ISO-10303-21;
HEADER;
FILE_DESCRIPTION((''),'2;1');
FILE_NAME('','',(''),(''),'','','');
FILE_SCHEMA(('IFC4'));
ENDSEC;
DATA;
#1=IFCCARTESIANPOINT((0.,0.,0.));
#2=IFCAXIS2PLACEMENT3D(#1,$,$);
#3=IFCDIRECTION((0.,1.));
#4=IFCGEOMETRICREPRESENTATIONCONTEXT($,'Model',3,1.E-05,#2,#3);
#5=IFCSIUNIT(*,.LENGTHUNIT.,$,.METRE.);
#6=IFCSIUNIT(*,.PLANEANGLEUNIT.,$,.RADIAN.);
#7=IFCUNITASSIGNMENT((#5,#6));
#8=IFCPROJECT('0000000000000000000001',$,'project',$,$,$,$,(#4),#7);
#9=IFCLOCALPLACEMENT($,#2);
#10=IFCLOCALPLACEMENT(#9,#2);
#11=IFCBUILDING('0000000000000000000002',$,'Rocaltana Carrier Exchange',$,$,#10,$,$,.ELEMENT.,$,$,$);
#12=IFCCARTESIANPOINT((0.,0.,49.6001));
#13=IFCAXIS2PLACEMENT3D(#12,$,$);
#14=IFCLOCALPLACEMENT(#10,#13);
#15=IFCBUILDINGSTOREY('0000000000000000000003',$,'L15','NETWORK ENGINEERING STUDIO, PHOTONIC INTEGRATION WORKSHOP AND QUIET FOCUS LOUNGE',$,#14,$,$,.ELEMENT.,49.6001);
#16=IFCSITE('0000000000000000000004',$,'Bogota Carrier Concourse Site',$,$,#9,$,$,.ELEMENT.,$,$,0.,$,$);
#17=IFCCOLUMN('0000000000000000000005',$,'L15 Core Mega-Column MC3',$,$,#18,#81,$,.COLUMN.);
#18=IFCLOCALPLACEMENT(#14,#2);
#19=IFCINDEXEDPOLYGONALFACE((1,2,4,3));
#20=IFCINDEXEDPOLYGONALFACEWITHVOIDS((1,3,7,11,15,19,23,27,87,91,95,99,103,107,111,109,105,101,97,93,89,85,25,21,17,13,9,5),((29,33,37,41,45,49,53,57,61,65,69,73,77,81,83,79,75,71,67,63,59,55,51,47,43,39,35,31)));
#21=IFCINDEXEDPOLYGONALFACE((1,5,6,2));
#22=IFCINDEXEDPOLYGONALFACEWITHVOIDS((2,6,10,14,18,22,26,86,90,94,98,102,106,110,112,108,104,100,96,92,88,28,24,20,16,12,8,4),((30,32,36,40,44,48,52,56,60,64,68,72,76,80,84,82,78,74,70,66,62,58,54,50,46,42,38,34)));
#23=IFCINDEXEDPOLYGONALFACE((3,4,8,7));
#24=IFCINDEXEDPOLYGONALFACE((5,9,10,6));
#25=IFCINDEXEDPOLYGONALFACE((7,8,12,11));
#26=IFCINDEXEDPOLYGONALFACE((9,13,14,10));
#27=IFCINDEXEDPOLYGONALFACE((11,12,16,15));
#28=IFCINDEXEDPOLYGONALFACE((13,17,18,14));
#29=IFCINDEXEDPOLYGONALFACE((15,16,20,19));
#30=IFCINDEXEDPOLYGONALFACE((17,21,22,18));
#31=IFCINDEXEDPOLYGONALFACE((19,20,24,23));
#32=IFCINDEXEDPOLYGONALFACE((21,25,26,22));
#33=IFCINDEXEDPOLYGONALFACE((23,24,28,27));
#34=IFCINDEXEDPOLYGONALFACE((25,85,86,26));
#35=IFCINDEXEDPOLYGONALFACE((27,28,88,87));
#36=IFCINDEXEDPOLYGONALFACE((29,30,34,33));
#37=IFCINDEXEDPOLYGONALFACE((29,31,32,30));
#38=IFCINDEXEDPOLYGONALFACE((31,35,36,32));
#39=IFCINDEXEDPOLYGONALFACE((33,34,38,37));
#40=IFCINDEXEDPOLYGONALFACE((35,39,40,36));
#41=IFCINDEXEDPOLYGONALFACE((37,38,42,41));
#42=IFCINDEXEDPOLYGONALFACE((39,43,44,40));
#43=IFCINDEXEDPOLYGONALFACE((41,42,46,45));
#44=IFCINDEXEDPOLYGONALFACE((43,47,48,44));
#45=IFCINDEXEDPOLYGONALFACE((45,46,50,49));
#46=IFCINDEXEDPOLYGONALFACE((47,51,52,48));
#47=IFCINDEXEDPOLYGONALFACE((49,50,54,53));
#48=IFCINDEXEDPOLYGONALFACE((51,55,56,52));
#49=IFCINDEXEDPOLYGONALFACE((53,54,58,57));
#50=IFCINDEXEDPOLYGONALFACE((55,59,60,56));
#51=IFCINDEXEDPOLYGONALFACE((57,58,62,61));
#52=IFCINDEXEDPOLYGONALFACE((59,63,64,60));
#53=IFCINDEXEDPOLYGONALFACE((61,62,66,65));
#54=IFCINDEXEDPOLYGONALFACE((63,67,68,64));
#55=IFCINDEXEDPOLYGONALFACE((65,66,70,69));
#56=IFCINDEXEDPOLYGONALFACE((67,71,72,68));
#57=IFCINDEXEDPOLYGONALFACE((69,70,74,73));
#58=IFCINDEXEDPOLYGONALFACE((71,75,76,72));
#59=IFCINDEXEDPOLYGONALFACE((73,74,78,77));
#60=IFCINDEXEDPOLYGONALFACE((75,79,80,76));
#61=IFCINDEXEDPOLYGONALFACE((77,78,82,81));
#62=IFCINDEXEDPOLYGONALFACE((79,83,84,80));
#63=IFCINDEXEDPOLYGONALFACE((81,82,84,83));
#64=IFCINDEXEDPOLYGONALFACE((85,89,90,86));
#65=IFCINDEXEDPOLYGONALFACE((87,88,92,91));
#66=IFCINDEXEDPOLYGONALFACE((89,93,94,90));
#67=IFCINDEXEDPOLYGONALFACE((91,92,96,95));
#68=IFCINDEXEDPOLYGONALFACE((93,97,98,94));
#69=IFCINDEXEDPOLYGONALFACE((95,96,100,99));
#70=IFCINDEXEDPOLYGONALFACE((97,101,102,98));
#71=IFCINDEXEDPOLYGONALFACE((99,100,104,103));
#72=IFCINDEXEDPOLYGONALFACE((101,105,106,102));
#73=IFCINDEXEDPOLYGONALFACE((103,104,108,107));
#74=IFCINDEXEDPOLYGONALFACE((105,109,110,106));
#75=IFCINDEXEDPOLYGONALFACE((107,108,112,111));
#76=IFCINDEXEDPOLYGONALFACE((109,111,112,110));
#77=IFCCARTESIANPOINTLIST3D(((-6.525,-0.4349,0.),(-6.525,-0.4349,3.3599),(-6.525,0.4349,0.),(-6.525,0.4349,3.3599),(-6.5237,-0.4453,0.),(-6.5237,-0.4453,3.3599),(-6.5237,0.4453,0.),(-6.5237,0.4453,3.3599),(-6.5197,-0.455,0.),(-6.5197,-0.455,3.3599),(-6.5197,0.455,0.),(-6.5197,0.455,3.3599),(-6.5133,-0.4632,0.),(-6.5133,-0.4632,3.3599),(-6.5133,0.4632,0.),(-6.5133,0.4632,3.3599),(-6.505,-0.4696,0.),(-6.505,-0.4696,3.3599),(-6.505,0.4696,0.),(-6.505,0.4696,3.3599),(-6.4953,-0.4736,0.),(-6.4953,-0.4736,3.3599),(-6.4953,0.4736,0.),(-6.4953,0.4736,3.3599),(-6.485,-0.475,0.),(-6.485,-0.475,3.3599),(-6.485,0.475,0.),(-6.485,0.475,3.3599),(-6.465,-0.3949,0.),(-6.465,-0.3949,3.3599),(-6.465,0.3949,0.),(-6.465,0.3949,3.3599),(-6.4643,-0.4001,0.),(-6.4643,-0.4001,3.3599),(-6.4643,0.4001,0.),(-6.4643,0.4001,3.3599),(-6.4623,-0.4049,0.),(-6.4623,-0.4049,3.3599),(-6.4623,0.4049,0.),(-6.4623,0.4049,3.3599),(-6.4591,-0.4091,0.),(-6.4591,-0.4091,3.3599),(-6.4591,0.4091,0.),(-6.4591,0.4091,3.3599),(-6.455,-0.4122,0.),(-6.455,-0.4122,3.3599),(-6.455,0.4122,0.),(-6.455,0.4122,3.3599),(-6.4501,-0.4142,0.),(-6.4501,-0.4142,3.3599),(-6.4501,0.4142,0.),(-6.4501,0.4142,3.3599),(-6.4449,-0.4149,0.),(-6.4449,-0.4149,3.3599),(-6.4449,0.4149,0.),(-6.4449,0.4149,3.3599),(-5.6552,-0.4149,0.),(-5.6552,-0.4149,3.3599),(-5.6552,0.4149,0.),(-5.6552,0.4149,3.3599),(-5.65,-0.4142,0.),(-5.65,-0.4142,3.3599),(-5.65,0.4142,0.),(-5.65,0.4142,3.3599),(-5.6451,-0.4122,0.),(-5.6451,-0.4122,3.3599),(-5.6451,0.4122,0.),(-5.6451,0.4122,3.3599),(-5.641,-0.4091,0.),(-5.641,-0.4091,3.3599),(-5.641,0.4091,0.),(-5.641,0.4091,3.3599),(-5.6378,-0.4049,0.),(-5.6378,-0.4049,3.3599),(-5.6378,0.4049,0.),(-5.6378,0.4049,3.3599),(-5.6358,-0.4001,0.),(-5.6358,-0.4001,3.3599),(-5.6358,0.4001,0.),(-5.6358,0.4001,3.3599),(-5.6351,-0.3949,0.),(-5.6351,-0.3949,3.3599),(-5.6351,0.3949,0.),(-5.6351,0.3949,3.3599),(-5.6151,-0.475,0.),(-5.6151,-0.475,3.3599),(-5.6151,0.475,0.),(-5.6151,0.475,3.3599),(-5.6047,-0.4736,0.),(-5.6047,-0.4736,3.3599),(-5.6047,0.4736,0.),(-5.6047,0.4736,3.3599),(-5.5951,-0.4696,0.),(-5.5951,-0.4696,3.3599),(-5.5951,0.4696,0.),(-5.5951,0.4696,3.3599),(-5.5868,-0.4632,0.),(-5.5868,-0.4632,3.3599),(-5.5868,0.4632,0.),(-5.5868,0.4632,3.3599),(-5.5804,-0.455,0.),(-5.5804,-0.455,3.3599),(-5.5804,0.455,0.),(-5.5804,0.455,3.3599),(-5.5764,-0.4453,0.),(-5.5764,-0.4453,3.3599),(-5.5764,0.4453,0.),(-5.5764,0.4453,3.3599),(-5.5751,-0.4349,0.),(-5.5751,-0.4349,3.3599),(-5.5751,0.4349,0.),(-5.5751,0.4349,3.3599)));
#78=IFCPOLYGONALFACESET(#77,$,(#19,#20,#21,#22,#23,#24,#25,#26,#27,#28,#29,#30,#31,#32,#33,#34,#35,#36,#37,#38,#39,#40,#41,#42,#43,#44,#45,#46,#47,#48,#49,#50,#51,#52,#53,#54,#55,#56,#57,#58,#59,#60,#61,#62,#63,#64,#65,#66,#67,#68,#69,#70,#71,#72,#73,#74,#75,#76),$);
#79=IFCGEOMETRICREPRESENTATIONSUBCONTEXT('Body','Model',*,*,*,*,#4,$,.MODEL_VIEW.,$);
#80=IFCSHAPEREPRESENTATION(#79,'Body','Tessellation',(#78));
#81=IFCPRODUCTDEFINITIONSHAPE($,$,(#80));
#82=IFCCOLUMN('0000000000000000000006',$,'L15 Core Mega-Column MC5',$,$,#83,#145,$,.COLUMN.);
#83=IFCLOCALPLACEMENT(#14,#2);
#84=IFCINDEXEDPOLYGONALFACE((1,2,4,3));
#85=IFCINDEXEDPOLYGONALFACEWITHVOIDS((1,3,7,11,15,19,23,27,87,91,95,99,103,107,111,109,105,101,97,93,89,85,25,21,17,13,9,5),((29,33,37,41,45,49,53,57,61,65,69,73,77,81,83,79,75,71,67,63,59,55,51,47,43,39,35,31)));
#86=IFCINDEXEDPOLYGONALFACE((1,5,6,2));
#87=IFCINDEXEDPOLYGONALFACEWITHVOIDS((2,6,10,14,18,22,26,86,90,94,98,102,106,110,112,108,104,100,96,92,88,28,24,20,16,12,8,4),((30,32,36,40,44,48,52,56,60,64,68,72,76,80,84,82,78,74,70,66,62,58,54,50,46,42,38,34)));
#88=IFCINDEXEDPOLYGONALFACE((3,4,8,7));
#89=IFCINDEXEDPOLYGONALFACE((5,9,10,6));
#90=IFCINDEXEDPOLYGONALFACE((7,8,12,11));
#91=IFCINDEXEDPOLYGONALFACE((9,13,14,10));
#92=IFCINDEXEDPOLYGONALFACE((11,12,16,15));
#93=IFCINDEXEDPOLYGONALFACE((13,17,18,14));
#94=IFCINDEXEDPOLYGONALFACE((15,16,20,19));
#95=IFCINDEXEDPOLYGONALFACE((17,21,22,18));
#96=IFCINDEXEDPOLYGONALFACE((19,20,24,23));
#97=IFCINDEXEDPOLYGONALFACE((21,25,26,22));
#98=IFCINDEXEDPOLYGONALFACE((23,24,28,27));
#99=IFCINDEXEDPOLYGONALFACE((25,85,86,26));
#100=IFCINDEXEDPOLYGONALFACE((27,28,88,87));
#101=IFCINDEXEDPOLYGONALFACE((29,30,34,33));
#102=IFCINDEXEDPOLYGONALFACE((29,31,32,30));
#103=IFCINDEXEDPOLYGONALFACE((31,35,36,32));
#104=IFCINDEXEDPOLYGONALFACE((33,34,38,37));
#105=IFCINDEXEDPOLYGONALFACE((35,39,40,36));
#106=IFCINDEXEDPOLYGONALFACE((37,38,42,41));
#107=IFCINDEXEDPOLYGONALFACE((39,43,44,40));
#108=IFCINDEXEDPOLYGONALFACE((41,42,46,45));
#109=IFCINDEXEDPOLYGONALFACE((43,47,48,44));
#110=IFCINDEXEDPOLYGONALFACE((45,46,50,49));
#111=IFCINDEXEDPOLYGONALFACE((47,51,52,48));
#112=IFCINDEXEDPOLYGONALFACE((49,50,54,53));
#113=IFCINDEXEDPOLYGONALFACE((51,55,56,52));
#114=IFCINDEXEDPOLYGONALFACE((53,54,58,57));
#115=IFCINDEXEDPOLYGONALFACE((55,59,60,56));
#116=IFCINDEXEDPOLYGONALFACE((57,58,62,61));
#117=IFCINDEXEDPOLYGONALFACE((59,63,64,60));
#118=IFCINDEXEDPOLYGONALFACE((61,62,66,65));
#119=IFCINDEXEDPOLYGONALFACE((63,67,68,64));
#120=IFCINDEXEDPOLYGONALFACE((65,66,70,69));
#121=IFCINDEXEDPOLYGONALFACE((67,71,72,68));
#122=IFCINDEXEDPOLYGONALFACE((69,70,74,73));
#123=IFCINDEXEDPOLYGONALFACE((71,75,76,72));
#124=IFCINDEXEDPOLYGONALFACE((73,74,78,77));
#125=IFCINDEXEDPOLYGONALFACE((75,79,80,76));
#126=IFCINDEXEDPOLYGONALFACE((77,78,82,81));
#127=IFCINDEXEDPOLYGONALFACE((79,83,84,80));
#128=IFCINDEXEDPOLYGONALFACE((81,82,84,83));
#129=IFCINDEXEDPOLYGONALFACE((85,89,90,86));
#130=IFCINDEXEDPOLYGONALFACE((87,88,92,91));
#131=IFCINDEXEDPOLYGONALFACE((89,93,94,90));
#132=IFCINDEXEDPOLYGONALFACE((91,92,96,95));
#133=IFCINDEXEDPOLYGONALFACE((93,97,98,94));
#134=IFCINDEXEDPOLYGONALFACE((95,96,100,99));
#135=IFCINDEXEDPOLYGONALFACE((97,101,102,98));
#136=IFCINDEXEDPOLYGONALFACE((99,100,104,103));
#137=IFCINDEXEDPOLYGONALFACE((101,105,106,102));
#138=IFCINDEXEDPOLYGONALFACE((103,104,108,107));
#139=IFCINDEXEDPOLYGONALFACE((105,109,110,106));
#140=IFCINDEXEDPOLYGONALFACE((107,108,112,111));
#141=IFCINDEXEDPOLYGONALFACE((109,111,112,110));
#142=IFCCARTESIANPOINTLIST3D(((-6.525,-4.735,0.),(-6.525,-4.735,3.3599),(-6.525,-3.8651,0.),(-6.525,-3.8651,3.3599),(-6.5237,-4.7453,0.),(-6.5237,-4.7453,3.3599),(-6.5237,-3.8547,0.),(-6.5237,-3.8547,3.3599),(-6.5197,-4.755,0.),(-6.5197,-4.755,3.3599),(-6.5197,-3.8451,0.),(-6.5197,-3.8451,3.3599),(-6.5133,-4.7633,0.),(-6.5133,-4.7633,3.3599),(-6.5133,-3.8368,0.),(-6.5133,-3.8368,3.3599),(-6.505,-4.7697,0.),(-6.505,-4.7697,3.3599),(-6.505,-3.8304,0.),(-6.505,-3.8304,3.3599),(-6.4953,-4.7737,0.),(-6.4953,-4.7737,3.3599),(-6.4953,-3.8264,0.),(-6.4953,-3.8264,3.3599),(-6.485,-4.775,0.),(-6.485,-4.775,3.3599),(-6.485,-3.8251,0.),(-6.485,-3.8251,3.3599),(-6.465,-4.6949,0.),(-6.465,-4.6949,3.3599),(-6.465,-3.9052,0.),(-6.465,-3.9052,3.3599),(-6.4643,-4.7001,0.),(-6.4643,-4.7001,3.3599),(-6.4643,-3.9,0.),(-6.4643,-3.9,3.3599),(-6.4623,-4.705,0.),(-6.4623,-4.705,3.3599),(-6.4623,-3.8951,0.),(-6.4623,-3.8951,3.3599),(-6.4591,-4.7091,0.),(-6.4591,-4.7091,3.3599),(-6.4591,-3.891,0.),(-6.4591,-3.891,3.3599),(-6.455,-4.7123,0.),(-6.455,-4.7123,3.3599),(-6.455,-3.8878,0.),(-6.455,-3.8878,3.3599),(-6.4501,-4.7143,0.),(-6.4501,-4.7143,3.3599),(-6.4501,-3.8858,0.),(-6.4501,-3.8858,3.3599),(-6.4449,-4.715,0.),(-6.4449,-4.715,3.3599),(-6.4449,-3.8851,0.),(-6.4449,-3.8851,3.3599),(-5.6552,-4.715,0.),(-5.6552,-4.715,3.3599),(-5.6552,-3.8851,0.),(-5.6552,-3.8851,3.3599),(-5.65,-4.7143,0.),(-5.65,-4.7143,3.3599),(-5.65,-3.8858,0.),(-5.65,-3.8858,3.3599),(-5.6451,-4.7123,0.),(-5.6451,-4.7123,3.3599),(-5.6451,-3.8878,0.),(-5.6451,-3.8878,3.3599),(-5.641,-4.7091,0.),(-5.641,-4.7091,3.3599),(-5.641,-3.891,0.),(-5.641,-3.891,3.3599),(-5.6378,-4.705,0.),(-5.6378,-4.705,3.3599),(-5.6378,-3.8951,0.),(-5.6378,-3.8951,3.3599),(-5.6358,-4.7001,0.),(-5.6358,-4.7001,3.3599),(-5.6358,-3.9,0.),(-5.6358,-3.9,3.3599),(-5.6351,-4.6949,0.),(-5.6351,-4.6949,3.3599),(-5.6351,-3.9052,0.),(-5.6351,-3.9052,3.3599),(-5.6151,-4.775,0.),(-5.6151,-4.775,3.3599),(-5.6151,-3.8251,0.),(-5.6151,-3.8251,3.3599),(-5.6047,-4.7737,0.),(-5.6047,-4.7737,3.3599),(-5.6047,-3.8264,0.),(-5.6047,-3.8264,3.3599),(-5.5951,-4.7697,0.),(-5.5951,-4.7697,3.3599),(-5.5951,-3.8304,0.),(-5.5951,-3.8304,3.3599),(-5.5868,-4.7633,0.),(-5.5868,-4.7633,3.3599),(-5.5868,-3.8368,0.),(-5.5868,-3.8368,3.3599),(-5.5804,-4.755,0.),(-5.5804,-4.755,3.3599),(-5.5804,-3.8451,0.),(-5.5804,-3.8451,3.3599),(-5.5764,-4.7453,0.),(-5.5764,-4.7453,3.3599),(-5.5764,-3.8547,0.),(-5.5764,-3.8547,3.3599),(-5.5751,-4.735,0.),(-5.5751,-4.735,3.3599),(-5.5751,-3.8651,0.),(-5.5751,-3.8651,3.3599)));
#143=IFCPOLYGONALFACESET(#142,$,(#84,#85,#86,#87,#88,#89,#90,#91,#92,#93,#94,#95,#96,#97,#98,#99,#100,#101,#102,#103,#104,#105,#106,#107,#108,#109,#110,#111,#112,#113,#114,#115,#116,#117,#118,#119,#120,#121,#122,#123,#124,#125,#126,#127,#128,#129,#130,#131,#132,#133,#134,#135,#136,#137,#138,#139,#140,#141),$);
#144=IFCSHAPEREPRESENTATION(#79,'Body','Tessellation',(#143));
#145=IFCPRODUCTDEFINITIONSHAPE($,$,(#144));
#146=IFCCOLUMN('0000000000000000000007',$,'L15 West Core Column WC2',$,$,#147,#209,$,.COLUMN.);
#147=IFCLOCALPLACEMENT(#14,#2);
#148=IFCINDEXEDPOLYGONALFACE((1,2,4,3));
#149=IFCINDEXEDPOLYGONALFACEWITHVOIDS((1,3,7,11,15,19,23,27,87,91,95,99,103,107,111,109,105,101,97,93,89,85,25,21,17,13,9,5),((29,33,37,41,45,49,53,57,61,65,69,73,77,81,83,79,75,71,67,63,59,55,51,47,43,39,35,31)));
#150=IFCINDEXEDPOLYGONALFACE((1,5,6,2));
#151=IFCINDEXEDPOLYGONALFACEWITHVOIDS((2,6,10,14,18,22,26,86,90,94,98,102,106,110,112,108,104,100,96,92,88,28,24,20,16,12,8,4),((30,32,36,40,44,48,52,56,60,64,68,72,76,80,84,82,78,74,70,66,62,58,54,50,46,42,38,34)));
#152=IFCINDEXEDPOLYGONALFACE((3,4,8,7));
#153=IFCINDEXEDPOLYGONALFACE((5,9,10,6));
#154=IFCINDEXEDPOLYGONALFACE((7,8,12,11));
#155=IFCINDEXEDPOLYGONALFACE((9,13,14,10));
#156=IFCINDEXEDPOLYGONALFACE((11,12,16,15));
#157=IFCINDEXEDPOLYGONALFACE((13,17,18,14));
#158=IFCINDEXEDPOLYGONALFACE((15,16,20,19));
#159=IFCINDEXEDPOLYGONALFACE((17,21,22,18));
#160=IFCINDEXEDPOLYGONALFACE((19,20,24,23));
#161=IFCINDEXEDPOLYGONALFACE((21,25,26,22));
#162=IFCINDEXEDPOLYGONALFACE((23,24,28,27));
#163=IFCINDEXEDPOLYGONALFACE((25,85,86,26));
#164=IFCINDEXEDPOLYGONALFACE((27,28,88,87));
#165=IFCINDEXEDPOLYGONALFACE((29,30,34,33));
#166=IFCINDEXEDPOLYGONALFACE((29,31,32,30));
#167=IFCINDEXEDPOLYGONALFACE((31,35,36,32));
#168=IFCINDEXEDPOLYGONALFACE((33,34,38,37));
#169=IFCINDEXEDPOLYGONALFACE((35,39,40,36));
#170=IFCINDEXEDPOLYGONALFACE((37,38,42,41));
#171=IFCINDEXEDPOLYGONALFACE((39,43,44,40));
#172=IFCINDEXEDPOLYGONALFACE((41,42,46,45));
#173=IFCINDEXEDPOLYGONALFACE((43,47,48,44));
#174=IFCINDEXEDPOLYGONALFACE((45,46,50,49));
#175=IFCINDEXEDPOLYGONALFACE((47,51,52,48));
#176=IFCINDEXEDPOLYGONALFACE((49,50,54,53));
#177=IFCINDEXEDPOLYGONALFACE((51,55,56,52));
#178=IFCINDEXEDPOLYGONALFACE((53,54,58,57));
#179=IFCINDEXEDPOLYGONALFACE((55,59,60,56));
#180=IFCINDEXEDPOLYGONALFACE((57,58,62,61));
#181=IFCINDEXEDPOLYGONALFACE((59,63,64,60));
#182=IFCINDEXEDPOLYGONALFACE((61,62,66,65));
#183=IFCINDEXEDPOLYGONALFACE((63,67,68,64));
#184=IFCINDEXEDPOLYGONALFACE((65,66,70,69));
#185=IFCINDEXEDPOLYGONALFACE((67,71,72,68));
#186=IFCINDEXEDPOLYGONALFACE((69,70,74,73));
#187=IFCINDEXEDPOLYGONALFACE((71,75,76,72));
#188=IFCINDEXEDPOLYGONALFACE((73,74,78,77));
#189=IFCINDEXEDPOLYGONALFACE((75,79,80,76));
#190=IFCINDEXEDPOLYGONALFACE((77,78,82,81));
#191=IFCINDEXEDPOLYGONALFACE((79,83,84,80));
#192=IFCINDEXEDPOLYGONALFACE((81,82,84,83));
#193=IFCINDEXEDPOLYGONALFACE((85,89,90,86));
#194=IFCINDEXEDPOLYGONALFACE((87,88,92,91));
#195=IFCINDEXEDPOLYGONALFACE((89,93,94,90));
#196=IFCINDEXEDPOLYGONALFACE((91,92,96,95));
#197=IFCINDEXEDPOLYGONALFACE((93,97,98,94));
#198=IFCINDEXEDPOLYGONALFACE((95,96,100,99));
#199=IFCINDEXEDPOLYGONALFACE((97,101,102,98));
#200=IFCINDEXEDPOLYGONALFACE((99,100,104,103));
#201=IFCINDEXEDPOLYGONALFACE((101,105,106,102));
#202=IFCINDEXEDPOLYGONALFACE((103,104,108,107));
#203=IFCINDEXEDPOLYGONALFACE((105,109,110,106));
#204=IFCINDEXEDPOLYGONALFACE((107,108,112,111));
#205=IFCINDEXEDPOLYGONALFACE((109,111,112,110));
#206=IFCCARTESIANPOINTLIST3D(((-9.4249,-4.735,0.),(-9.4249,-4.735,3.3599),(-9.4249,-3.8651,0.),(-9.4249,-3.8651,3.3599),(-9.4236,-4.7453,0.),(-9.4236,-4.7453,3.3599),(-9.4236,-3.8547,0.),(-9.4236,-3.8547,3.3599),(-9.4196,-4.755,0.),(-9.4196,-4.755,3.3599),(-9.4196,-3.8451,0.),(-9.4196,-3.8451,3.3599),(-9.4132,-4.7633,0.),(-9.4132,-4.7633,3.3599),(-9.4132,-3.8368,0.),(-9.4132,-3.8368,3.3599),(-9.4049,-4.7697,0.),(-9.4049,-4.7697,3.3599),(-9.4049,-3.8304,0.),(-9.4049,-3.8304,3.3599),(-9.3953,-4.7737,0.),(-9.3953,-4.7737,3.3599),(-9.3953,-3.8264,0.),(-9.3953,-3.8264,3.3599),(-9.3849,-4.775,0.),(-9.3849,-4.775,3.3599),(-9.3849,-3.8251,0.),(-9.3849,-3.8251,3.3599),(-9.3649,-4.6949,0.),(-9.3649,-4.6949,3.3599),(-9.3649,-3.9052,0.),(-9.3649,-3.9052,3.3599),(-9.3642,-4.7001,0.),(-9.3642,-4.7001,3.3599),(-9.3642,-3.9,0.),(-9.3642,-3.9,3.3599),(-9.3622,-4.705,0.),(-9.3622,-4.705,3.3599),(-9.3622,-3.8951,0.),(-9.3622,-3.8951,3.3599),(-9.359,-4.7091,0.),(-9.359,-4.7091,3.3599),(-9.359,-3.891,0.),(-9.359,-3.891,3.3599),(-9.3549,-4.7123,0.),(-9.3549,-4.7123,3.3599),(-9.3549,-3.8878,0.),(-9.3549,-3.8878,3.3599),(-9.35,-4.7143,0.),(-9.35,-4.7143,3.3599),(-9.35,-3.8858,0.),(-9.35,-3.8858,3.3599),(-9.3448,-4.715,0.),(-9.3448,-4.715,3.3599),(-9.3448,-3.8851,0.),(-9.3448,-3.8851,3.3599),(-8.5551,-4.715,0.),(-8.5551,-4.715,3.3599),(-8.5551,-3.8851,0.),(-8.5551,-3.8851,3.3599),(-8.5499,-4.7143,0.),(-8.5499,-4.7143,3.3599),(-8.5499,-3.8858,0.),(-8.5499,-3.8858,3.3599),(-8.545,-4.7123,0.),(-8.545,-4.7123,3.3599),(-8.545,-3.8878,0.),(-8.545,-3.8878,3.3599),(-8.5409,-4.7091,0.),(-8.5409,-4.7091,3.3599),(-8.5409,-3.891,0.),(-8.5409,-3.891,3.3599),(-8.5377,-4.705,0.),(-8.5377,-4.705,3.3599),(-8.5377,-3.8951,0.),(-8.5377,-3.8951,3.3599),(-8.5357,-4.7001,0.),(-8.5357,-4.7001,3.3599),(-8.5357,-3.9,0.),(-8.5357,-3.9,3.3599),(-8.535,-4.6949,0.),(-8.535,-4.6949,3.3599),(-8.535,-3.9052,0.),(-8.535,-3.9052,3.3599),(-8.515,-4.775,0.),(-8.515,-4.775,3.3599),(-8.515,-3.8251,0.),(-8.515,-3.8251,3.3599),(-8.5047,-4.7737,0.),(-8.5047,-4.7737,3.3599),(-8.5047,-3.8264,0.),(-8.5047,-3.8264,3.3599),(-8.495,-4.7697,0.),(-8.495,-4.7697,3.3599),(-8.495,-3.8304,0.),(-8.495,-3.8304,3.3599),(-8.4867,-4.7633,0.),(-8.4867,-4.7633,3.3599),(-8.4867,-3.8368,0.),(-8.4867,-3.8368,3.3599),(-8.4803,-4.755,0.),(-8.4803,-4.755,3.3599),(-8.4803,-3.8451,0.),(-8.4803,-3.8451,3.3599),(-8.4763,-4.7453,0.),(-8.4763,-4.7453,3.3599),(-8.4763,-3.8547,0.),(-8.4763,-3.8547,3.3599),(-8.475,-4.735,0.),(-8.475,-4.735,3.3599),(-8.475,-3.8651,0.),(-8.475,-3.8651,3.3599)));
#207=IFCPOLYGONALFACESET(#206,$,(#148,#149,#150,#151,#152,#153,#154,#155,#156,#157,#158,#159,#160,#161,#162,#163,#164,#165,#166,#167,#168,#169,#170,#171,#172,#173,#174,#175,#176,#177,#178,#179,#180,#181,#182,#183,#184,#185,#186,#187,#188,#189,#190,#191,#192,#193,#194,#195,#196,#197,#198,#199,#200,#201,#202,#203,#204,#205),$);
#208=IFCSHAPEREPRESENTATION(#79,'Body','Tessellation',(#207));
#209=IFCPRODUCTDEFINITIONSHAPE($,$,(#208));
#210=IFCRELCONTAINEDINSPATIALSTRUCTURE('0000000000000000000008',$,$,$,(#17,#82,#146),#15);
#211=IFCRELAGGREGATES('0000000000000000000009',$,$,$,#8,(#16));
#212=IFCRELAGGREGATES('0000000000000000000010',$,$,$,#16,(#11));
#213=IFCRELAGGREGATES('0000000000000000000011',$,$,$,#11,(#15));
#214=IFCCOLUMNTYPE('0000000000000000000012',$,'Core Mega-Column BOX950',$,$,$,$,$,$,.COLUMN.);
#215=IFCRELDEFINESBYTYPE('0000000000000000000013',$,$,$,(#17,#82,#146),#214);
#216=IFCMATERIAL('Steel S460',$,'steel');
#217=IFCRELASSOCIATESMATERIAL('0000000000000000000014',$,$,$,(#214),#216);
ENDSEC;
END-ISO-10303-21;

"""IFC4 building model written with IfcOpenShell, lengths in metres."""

from ifc_helpers import new_model, si_unit, direction, frame, origin, origin_2d, place, context, subcontext, project, spatial, hollow_rectangle, extrude, material, material_profile, profile_set, type_object, element, save


model = new_model("IFC4")

# Units and contexts
model_context = context("Model", 3, precision=1e-05, world=origin(), true_north=direction((0.0, 1.0)))
body_context = subcontext(model_context, "Body", "Model", "MODEL_VIEW")
ifc_project = project(units=[si_unit("LENGTHUNIT", "METRE"), si_unit("PLANEANGLEUNIT", "RADIAN")], contexts=[model_context])

# Site, building, storey
site_placement = place(None, origin())
site = spatial("IfcSite", under=ifc_project, at=site_placement, Name="Bogota Carrier Concourse Site", CompositionType="ELEMENT", RefElevation=0.0)
building_placement = place(site_placement, origin())
building = spatial("IfcBuilding", under=site, at=building_placement, Name="Rocaltana Carrier Exchange", CompositionType="ELEMENT")
storey_placement = place(building_placement, frame((0.0, 0.0, 49.6001)))
storey = spatial("IfcBuildingStorey", under=building, at=storey_placement, Name="L15", Description="NETWORK ENGINEERING STUDIO, PHOTONIC INTEGRATION WORKSHOP AND QUIET FOCUS LOUNGE", CompositionType="ELEMENT", Elevation=49.6001)

# Columns
ifc_material_1 = material(Name="Steel S460", Category="steel")
ifc_material_profile_1 = material_profile(ifc_material_1, hollow_rectangle(XDim=0.95, YDim=0.95, WallThickness=0.0601, InnerFilletRadius=0.02, OuterFilletRadius=0.04, at=origin_2d()), Name="BOX950X950X60")
ifc_profile_set_1 = profile_set([ifc_material_profile_1], Name="Steel S460")
column_type = type_object("IfcColumnType", Name="Core Mega-Column BOX950", PredefinedType="COLUMN", material=ifc_profile_set_1)
for number, where, z_axis, x_axis, name in (
    (1, (-6.05, 0.0, 0.0), (0.0, 0.0, 1.0), (1.0, 0.0, 0.0), "L15 Core Mega-Column MC3"),
    (2, (-6.05, -4.3, 0.0), (0.0, 0.0, 1.0), (1.0, 0.0, 0.0), "L15 Core Mega-Column MC5"),
    (3, (-8.95, -4.3, 0.0), (0.0, 0.0, 1.0), (1.0, 0.0, 0.0), "L15 West Core Column WC2"),
):
    element("IfcColumn", number, at=place(storey_placement, frame(where, z_axis=z_axis, x_axis=x_axis)), inside=storey, type_object=column_type, Name=name, PredefinedType="COLUMN", context=body_context, shape_type="SweptSolid", body=[
        extrude(hollow_rectangle(XDim=0.95, YDim=0.95, WallThickness=0.0601, InnerFilletRadius=0.02, OuterFilletRadius=0.04, at=origin_2d()), origin(), (0.0, 0.0, 1.0), 3.3599),
    ])

save(model, "model.ifc")
